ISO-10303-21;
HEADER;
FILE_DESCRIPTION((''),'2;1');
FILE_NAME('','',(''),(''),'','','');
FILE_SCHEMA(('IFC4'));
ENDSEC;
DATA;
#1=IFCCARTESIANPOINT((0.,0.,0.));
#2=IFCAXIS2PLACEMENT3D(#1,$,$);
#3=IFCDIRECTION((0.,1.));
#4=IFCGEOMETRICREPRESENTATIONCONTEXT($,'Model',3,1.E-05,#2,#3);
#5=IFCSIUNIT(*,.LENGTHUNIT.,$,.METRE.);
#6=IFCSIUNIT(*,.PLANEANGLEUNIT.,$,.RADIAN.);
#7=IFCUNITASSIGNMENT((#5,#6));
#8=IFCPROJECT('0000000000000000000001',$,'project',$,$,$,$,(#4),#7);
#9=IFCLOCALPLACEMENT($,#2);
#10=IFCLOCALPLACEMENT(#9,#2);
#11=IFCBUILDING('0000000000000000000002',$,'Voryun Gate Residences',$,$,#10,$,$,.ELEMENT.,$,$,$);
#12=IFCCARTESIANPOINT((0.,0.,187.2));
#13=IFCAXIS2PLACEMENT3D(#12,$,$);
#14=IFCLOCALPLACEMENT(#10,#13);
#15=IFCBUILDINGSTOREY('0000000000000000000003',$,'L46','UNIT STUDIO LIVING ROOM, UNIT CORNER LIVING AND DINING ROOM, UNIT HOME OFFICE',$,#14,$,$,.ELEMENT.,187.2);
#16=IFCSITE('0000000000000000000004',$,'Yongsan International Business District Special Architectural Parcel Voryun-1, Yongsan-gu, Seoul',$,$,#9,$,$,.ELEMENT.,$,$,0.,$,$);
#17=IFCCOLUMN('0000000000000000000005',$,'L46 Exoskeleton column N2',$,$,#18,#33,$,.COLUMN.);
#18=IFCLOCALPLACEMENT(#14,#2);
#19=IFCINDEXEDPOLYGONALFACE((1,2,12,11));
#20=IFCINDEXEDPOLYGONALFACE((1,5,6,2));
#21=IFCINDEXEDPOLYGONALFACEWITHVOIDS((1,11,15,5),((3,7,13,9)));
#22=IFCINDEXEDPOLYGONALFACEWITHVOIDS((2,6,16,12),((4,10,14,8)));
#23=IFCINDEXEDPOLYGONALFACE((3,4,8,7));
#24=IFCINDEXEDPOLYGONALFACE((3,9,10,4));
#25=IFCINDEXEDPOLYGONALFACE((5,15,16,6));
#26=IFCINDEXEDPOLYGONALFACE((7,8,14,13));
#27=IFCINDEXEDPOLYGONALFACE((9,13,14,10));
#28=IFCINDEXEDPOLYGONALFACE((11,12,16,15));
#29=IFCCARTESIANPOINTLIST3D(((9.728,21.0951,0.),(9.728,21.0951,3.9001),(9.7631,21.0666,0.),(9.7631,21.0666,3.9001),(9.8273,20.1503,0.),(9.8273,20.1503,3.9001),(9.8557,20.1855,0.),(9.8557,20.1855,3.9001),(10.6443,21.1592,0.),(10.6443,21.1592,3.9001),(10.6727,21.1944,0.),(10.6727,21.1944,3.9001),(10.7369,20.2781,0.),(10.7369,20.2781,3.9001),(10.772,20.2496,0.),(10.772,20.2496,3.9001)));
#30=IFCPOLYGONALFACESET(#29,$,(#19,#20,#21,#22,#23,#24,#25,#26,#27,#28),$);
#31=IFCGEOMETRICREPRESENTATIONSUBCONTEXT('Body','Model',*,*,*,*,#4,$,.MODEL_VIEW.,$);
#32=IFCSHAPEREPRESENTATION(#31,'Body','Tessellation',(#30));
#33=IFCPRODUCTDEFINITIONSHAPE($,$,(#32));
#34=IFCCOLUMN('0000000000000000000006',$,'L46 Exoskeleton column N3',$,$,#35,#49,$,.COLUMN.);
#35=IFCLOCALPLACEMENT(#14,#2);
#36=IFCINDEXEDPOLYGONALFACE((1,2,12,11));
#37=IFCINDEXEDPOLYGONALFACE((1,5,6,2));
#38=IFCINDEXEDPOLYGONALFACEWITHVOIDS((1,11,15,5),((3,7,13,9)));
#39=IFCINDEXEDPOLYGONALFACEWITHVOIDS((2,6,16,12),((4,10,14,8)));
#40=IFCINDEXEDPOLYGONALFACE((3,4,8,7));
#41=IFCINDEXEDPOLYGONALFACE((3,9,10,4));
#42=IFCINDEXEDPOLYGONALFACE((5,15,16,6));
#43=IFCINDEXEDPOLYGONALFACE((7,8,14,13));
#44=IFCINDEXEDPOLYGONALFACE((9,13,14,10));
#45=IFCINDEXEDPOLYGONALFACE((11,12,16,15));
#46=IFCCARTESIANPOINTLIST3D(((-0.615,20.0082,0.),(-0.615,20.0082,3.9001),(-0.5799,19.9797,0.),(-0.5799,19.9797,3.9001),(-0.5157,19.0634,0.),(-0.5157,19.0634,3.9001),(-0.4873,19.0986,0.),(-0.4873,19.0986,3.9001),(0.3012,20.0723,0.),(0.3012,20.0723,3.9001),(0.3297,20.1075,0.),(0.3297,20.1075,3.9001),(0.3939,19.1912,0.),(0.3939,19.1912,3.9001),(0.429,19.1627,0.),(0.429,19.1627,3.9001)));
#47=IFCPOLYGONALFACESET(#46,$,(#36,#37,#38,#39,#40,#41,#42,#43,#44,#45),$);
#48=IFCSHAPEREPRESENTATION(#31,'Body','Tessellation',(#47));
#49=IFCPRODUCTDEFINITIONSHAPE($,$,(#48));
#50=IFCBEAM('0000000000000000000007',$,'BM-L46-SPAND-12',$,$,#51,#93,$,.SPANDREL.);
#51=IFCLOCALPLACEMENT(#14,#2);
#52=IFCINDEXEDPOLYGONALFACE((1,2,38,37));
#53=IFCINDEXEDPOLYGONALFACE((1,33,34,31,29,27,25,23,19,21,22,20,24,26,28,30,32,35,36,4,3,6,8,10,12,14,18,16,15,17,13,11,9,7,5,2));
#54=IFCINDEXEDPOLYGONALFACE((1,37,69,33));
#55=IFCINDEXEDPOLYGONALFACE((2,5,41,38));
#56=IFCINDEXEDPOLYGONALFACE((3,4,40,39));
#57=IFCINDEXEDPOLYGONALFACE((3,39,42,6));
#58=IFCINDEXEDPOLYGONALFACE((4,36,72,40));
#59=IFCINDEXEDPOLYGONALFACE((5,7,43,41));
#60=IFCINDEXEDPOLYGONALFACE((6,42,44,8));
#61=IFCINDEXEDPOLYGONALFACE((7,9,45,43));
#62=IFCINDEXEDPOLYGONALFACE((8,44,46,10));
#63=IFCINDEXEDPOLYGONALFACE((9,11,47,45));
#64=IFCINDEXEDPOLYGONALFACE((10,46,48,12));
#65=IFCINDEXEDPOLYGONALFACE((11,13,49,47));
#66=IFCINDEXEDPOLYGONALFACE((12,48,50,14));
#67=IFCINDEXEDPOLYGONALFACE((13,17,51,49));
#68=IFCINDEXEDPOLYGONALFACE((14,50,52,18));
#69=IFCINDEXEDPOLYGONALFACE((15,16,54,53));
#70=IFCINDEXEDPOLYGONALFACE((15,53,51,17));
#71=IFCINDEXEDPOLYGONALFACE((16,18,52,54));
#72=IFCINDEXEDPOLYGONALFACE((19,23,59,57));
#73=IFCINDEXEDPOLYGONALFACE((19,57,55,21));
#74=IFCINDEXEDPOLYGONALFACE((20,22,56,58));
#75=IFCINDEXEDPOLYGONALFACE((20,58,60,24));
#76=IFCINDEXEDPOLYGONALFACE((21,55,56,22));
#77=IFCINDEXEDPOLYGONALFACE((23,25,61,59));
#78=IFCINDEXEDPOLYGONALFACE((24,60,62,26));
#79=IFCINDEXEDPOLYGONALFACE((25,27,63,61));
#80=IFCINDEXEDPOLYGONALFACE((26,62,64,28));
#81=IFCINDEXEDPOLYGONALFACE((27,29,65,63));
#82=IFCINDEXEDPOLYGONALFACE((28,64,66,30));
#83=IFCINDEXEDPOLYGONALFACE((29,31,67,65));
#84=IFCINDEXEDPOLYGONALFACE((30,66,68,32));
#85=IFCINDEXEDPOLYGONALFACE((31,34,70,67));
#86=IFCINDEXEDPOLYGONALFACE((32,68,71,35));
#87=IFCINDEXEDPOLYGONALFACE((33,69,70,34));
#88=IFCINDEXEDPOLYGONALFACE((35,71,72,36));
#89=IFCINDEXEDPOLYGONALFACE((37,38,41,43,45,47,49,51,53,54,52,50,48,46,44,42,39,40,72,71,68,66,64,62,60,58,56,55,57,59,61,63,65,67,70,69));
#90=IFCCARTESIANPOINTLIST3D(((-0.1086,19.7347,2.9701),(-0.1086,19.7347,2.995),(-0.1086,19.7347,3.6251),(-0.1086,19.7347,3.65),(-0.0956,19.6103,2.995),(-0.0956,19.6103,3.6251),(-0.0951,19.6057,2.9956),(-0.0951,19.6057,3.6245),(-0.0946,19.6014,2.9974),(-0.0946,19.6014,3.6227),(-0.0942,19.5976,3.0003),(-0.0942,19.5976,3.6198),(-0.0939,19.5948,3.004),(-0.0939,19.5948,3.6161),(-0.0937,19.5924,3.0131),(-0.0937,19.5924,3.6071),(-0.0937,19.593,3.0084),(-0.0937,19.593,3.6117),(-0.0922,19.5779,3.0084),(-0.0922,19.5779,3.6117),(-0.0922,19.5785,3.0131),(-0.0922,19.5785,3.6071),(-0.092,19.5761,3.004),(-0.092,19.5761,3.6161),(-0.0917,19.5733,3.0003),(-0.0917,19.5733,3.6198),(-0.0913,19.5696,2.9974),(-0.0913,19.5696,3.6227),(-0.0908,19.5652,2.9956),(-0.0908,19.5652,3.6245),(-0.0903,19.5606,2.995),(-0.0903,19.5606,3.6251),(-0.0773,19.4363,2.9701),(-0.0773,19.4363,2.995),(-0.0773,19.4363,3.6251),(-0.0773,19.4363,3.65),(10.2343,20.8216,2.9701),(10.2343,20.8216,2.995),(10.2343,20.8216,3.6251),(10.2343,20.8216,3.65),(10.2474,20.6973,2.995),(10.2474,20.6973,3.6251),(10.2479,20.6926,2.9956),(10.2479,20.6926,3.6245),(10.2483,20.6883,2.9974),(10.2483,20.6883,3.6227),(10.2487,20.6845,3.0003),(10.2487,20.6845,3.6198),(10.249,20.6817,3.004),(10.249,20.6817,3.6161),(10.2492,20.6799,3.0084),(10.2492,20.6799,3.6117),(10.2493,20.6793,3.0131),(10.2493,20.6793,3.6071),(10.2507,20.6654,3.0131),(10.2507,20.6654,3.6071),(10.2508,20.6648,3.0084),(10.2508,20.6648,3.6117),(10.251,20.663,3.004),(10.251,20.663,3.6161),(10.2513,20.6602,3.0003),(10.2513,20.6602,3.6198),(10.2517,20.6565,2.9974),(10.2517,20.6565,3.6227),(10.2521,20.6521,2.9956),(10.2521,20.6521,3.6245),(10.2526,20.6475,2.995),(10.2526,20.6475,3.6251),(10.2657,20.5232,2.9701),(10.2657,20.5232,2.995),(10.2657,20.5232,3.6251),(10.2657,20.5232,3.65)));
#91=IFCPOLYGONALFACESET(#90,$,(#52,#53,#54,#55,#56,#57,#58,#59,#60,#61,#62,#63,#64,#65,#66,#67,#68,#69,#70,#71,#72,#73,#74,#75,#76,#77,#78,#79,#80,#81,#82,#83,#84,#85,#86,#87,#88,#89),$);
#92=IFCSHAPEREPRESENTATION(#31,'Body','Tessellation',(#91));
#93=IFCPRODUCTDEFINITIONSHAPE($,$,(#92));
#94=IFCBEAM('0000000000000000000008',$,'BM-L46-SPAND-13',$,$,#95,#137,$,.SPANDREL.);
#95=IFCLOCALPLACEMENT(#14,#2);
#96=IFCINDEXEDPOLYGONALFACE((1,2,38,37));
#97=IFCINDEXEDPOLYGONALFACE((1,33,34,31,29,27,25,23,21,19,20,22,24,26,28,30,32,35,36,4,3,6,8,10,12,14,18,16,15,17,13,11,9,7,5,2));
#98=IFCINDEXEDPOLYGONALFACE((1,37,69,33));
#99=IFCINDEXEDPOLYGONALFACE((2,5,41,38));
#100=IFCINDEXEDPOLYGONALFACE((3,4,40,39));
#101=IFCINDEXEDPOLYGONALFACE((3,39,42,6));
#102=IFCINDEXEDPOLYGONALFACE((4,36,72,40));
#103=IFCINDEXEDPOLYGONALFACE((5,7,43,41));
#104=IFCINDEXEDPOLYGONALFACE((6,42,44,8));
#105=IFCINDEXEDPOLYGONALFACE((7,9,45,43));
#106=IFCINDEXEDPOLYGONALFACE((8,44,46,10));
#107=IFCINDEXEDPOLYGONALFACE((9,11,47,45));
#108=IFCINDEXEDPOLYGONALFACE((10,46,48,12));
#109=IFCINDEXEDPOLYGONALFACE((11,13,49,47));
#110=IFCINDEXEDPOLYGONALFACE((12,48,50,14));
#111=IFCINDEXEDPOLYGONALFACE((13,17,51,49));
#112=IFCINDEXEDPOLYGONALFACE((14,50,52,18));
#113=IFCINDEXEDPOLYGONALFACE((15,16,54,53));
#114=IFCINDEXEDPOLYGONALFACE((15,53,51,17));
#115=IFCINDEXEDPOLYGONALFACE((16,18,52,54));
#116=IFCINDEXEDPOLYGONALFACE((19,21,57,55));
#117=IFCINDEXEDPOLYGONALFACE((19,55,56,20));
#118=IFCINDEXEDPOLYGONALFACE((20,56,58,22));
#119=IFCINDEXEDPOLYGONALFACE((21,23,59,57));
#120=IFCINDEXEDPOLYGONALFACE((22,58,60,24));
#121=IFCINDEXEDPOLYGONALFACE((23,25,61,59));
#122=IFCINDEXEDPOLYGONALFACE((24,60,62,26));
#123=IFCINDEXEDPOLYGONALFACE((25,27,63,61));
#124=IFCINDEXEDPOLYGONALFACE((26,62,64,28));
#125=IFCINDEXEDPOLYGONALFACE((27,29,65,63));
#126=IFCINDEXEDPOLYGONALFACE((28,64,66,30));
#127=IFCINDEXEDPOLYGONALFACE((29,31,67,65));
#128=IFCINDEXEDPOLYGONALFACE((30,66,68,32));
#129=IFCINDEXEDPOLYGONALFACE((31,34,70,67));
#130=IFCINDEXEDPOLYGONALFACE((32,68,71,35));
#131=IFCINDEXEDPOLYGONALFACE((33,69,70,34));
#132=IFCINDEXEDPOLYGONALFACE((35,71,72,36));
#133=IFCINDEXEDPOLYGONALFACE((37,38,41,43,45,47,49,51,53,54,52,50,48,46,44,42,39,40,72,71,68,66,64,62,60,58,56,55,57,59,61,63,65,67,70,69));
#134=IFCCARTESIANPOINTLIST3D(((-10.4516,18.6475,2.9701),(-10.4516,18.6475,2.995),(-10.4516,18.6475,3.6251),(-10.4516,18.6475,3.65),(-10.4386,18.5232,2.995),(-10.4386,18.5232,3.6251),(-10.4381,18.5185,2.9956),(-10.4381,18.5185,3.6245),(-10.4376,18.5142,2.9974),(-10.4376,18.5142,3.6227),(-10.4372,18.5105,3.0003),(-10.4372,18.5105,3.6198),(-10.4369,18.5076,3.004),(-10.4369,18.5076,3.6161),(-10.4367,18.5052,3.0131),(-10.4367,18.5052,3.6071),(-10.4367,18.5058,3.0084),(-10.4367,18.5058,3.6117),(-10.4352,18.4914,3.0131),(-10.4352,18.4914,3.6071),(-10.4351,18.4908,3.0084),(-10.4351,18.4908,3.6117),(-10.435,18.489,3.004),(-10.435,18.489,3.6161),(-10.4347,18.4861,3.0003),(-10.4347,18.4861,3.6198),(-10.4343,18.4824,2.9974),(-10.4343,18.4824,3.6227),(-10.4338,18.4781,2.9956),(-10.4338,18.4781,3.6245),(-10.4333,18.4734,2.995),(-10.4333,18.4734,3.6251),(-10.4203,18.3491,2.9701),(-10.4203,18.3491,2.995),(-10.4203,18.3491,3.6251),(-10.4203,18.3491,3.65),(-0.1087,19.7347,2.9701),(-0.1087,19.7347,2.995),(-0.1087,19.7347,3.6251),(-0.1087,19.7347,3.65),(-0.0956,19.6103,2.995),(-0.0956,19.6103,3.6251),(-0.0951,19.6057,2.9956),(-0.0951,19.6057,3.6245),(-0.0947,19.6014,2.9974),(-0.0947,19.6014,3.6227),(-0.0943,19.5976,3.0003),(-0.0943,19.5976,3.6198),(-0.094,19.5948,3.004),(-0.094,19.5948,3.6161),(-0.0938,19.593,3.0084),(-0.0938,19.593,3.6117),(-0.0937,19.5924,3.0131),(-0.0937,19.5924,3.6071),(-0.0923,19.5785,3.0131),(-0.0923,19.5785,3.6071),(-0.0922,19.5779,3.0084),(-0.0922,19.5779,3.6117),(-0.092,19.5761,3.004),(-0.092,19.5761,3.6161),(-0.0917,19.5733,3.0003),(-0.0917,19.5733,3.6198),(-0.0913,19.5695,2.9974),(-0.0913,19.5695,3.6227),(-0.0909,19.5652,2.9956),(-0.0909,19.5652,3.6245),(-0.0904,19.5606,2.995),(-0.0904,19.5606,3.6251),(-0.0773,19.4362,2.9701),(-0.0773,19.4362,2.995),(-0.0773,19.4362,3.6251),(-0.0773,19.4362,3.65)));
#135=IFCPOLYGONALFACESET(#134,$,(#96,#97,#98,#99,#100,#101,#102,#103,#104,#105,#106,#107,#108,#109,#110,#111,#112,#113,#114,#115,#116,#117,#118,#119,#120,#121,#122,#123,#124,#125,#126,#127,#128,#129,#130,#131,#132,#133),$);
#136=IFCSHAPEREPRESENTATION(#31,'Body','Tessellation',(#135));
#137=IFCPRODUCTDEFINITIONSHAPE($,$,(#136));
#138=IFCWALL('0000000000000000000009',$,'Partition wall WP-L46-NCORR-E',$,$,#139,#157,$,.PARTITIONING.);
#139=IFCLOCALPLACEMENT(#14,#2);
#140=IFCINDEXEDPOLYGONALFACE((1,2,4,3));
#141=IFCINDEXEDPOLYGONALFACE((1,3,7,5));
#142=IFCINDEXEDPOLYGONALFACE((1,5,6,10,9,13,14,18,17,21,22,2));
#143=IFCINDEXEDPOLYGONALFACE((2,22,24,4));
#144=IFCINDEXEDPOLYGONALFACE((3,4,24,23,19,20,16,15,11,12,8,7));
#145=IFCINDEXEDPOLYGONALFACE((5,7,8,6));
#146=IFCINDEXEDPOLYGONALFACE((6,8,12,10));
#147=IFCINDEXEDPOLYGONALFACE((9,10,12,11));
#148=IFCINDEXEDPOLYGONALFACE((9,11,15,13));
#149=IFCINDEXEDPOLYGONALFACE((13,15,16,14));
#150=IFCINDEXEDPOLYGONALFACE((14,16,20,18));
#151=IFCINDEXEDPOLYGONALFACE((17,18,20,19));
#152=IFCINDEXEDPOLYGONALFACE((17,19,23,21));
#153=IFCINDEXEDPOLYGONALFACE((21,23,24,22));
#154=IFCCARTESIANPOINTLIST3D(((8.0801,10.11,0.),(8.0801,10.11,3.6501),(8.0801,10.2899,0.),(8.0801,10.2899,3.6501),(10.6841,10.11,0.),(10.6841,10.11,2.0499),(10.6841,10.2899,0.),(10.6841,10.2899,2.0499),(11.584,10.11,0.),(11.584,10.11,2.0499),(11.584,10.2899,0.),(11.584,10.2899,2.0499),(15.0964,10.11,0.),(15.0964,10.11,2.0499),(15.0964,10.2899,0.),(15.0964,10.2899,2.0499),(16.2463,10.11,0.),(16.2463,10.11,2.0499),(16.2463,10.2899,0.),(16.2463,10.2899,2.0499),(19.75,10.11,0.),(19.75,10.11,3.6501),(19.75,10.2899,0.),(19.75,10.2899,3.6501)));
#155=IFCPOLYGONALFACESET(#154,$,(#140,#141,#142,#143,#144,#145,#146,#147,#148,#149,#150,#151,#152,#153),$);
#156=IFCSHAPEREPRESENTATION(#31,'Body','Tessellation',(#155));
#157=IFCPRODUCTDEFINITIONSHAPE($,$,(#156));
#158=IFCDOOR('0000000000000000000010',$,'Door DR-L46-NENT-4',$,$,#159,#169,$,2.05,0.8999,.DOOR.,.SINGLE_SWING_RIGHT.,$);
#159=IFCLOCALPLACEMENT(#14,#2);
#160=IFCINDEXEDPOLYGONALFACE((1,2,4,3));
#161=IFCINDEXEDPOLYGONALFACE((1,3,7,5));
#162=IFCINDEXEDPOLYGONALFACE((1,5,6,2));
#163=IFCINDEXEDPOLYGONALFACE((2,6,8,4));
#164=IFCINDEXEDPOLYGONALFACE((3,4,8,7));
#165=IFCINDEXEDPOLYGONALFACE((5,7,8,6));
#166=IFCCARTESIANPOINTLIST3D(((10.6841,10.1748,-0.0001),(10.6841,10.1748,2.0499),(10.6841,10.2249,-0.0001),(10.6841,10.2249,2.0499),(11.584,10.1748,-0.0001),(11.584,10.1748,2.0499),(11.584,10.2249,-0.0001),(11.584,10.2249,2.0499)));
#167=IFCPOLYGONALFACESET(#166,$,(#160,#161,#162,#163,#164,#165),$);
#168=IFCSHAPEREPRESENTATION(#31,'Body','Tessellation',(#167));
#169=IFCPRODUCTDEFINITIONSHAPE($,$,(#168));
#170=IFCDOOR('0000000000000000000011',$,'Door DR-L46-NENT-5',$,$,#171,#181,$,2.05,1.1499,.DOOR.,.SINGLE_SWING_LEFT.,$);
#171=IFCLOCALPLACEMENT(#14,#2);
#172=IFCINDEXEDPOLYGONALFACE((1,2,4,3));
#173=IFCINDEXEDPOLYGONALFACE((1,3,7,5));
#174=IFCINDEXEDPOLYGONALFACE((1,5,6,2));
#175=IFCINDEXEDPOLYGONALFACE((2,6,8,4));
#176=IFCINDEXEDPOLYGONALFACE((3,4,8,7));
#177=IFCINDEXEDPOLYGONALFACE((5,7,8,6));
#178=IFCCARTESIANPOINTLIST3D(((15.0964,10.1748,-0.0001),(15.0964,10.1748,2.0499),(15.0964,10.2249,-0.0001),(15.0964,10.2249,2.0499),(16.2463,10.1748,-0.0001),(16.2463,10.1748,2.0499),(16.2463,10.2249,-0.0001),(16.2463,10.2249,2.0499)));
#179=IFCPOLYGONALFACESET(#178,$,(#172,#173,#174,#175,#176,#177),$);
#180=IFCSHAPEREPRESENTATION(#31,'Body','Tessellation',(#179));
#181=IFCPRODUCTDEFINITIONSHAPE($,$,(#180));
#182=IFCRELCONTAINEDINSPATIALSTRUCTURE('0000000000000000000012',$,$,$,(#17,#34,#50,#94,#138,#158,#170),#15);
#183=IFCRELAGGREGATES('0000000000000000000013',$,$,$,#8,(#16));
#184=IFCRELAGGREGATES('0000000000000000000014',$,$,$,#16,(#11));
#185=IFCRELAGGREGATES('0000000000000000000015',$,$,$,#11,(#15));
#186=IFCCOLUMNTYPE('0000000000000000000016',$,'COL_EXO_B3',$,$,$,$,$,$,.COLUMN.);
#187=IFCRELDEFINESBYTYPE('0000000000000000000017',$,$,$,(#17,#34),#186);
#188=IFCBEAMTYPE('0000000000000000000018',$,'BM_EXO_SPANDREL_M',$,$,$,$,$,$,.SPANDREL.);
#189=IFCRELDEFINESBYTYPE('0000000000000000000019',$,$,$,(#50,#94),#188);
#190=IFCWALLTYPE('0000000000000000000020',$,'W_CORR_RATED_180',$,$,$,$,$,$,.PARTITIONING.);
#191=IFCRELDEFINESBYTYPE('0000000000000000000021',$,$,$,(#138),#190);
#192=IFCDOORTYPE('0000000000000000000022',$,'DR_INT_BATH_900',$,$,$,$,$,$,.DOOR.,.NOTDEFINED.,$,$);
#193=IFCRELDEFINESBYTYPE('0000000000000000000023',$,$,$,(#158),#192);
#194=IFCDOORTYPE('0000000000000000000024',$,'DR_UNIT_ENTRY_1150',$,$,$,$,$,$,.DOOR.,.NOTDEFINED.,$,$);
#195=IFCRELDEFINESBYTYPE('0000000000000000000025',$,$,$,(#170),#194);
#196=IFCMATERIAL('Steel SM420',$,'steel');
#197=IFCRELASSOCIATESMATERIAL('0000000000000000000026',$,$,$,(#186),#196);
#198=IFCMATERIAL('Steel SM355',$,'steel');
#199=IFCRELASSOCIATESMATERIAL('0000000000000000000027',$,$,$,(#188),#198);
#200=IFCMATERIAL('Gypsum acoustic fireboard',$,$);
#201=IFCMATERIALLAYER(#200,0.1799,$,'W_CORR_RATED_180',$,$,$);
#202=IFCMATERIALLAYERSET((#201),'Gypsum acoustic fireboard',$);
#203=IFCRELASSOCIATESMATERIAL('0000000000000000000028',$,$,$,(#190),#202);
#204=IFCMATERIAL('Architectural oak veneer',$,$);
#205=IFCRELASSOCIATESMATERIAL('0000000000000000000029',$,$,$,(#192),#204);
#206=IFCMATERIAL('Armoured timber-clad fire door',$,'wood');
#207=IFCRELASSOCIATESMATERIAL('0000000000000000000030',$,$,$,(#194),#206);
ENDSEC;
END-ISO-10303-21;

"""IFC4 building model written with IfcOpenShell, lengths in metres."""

from ifc_helpers import new_model, si_unit, direction, frame, frame_2d, origin, origin_2d, place, context, subcontext, project, spatial, rectangle, hollow_rectangle, i_section, extrude, material, layer, layer_set, material_profile, profile_set, type_object, element, fill, save


model = new_model("IFC4")

# Units and contexts
model_context = context("Model", 3, precision=1e-05, world=origin(), true_north=direction((0.0, 1.0)))
body_context = subcontext(model_context, "Body", "Model", "MODEL_VIEW")
ifc_project = project(units=[si_unit("LENGTHUNIT", "METRE"), si_unit("PLANEANGLEUNIT", "RADIAN")], contexts=[model_context])

# Site, building, storey
site_placement = place(None, origin())
site = spatial("IfcSite", under=ifc_project, at=site_placement, Name="Yongsan International Business District Special Architectural Parcel Voryun-1, Yongsan-gu, Seoul", CompositionType="ELEMENT", RefElevation=0.0)
building_placement = place(site_placement, origin())
building = spatial("IfcBuilding", under=site, at=building_placement, Name="Voryun Gate Residences", CompositionType="ELEMENT")
storey_placement = place(building_placement, frame((0.0, 0.0, 187.2)))
storey = spatial("IfcBuildingStorey", under=building, at=storey_placement, Name="L46", Description="UNIT STUDIO LIVING ROOM, UNIT CORNER LIVING AND DINING ROOM, UNIT HOME OFFICE", CompositionType="ELEMENT", Elevation=187.2)

# Columns
ifc_material_1 = material(Name="Steel SM420", Category="steel")
ifc_material_profile_1 = material_profile(ifc_material_1, hollow_rectangle(XDim=0.95, YDim=0.95, WallThickness=0.032, at=origin_2d()), Name="BOX-950x950x32")
ifc_profile_set_1 = profile_set([ifc_material_profile_1], Name="Steel SM420")
column_type = type_object("IfcColumnType", Name="COL_EXO_B3", PredefinedType="COLUMN", material=ifc_profile_set_1)
for number, where, z_axis, x_axis, name in (
    (1, (10.25, 20.6724, 0.0), (0.0, 0.0, 1.0), (0.994522, 0.104528, 0.0), "L46 Exoskeleton column N2"),
    (2, (-0.093, 19.5854, 0.0), (0.0, 0.0, 1.0), (0.994522, 0.104528, 0.0), "L46 Exoskeleton column N3"),
):
    element("IfcColumn", number, at=place(storey_placement, frame(where, z_axis=z_axis, x_axis=x_axis)), inside=storey, type_object=column_type, Name=name, PredefinedType="COLUMN", context=body_context, shape_type="SweptSolid", body=[
        extrude(hollow_rectangle(XDim=0.95, YDim=0.95, WallThickness=0.032, at=origin_2d()), origin(), (0.0, 0.0, 1.0), 3.9001),
    ])

# Beams
ifc_material_2 = material(Name="Steel SM355", Category="steel")
ifc_material_profile_2 = material_profile(ifc_material_2, i_section(OverallWidth=0.3, OverallDepth=0.6799, WebThickness=0.0139, FlangeThickness=0.0249, FilletRadius=0.0181, at=origin_2d()), Name="H-680x300x14x25")
ifc_profile_set_2 = profile_set([ifc_material_profile_2], Name="Steel SM355")
beam_type = type_object("IfcBeamType", Name="BM_EXO_SPANDREL_M", PredefinedType="SPANDREL", material=ifc_profile_set_2)
for number, where, z_axis, x_axis, name in (
    (3, (10.25, 20.6724, 3.3101), (-0.994524, -0.104511, 0.0), (0.104511, -0.994524, 0.0), "BM-L46-SPAND-12"),
    (4, (-0.093, 19.5854, 3.3101), (-0.994521, -0.104534, 0.0), (0.104534, -0.994521, 0.0), "BM-L46-SPAND-13"),
):
    element("IfcBeam", number, at=place(storey_placement, frame(where, z_axis=z_axis, x_axis=x_axis)), inside=storey, type_object=beam_type, Name=name, PredefinedType="SPANDREL", context=body_context, shape_type="SweptSolid", body=[
        extrude(i_section(OverallWidth=0.3, OverallDepth=0.6799, WebThickness=0.0139, FlangeThickness=0.0249, FilletRadius=0.0181, at=origin_2d()), origin(), (0.0, 0.0, 1.0), 10.3999),
    ])

# Wall, openings, doors
ifc_material_3 = material(Name="Gypsum acoustic fireboard")
ifc_layer_1 = layer(ifc_material_3, 0.1799, Name="W_CORR_RATED_180")
ifc_layer_set_1 = layer_set([ifc_layer_1], Name="Gypsum acoustic fireboard")
wall_type_1 = type_object("IfcWallType", Name="W_CORR_RATED_180", PredefinedType="PARTITIONING", material=ifc_layer_set_1)
wall_1_placement = place(storey_placement, frame((8.0801, 10.2, 0.0), z_axis=(0.0, 0.0, 1.0), x_axis=(1.0, 0.0, 0.0)))
wall_1 = element("IfcWall", 5, at=wall_1_placement, inside=storey, type_object=wall_type_1, Name="Partition wall WP-L46-NCORR-E", PredefinedType="PARTITIONING", context=body_context, shape_type="SweptSolid", body=[
    extrude(rectangle(XDim=11.6699, YDim=0.1799, at=frame_2d((5.835, 0.0))), origin(), (0.0, 0.0, 1.0), 3.6501),
])
opening_1_placement = place(wall_1_placement, frame((2.604, 0.0, 0.0)))
opening_1 = element("IfcOpeningElement", 6, at=opening_1_placement, cuts=wall_1, PredefinedType="OPENING", context=body_context, shape_type="SweptSolid", body=[
    extrude(rectangle(XDim=0.8999, YDim=2.05, at=frame_2d((0.45, 1.0249))), frame((0.0, 0.0999, 0.0), z_axis=(0.0, -1.0, 0.0), x_axis=(1.0, 0.0, 0.0)), (0.0, 0.0, 1.0), 0.2),
])
opening_2_placement = place(wall_1_placement, frame((7.0164, 0.0, 0.0)))
opening_2 = element("IfcOpeningElement", 7, at=opening_2_placement, cuts=wall_1, PredefinedType="OPENING", context=body_context, shape_type="SweptSolid", body=[
    extrude(rectangle(XDim=1.1499, YDim=2.05, at=frame_2d((0.575, 1.0249))), frame((0.0, 0.0999, 0.0), z_axis=(0.0, -1.0, 0.0), x_axis=(1.0, 0.0, 0.0)), (0.0, 0.0, 1.0), 0.2),
])
ifc_material_4 = material(Name="Architectural oak veneer")
door_type_1 = type_object("IfcDoorType", Name="DR_INT_BATH_900", OperationType="NOTDEFINED", PredefinedType="DOOR", material=ifc_material_4)
door_1_placement = place(opening_1_placement, origin())
door_1 = element("IfcDoor", 8, at=door_1_placement, inside=storey, type_object=door_type_1, Name="Door DR-L46-NENT-4", OperationType="SINGLE_SWING_RIGHT", OverallHeight=2.05, OverallWidth=0.8999, PredefinedType="DOOR", context=body_context, shape_type="SweptSolid", body=[
    extrude(rectangle(XDim=0.8999, YDim=2.05, at=frame_2d((0.45, 1.0249))), frame((0.0, 0.0249, 0.0), z_axis=(0.0, -1.0, 0.0), x_axis=(1.0, 0.0, 0.0)), (0.0, 0.0, 1.0), 0.05),
])
fill(opening_1, door_1)
ifc_material_5 = material(Name="Armoured timber-clad fire door", Category="wood")
door_type_2 = type_object("IfcDoorType", Name="DR_UNIT_ENTRY_1150", OperationType="NOTDEFINED", PredefinedType="DOOR", material=ifc_material_5)
door_2_placement = place(opening_2_placement, origin())
door_2 = element("IfcDoor", 9, at=door_2_placement, inside=storey, type_object=door_type_2, Name="Door DR-L46-NENT-5", OperationType="SINGLE_SWING_LEFT", OverallHeight=2.05, OverallWidth=1.1499, PredefinedType="DOOR", context=body_context, shape_type="SweptSolid", body=[
    extrude(rectangle(XDim=1.1499, YDim=2.05, at=frame_2d((0.575, 1.0249))), frame((0.0, 0.0249, 0.0), z_axis=(0.0, -1.0, 0.0), x_axis=(1.0, 0.0, 0.0)), (0.0, 0.0, 1.0), 0.05),
])
fill(opening_2, door_2)

save(model, "model.ifc")
